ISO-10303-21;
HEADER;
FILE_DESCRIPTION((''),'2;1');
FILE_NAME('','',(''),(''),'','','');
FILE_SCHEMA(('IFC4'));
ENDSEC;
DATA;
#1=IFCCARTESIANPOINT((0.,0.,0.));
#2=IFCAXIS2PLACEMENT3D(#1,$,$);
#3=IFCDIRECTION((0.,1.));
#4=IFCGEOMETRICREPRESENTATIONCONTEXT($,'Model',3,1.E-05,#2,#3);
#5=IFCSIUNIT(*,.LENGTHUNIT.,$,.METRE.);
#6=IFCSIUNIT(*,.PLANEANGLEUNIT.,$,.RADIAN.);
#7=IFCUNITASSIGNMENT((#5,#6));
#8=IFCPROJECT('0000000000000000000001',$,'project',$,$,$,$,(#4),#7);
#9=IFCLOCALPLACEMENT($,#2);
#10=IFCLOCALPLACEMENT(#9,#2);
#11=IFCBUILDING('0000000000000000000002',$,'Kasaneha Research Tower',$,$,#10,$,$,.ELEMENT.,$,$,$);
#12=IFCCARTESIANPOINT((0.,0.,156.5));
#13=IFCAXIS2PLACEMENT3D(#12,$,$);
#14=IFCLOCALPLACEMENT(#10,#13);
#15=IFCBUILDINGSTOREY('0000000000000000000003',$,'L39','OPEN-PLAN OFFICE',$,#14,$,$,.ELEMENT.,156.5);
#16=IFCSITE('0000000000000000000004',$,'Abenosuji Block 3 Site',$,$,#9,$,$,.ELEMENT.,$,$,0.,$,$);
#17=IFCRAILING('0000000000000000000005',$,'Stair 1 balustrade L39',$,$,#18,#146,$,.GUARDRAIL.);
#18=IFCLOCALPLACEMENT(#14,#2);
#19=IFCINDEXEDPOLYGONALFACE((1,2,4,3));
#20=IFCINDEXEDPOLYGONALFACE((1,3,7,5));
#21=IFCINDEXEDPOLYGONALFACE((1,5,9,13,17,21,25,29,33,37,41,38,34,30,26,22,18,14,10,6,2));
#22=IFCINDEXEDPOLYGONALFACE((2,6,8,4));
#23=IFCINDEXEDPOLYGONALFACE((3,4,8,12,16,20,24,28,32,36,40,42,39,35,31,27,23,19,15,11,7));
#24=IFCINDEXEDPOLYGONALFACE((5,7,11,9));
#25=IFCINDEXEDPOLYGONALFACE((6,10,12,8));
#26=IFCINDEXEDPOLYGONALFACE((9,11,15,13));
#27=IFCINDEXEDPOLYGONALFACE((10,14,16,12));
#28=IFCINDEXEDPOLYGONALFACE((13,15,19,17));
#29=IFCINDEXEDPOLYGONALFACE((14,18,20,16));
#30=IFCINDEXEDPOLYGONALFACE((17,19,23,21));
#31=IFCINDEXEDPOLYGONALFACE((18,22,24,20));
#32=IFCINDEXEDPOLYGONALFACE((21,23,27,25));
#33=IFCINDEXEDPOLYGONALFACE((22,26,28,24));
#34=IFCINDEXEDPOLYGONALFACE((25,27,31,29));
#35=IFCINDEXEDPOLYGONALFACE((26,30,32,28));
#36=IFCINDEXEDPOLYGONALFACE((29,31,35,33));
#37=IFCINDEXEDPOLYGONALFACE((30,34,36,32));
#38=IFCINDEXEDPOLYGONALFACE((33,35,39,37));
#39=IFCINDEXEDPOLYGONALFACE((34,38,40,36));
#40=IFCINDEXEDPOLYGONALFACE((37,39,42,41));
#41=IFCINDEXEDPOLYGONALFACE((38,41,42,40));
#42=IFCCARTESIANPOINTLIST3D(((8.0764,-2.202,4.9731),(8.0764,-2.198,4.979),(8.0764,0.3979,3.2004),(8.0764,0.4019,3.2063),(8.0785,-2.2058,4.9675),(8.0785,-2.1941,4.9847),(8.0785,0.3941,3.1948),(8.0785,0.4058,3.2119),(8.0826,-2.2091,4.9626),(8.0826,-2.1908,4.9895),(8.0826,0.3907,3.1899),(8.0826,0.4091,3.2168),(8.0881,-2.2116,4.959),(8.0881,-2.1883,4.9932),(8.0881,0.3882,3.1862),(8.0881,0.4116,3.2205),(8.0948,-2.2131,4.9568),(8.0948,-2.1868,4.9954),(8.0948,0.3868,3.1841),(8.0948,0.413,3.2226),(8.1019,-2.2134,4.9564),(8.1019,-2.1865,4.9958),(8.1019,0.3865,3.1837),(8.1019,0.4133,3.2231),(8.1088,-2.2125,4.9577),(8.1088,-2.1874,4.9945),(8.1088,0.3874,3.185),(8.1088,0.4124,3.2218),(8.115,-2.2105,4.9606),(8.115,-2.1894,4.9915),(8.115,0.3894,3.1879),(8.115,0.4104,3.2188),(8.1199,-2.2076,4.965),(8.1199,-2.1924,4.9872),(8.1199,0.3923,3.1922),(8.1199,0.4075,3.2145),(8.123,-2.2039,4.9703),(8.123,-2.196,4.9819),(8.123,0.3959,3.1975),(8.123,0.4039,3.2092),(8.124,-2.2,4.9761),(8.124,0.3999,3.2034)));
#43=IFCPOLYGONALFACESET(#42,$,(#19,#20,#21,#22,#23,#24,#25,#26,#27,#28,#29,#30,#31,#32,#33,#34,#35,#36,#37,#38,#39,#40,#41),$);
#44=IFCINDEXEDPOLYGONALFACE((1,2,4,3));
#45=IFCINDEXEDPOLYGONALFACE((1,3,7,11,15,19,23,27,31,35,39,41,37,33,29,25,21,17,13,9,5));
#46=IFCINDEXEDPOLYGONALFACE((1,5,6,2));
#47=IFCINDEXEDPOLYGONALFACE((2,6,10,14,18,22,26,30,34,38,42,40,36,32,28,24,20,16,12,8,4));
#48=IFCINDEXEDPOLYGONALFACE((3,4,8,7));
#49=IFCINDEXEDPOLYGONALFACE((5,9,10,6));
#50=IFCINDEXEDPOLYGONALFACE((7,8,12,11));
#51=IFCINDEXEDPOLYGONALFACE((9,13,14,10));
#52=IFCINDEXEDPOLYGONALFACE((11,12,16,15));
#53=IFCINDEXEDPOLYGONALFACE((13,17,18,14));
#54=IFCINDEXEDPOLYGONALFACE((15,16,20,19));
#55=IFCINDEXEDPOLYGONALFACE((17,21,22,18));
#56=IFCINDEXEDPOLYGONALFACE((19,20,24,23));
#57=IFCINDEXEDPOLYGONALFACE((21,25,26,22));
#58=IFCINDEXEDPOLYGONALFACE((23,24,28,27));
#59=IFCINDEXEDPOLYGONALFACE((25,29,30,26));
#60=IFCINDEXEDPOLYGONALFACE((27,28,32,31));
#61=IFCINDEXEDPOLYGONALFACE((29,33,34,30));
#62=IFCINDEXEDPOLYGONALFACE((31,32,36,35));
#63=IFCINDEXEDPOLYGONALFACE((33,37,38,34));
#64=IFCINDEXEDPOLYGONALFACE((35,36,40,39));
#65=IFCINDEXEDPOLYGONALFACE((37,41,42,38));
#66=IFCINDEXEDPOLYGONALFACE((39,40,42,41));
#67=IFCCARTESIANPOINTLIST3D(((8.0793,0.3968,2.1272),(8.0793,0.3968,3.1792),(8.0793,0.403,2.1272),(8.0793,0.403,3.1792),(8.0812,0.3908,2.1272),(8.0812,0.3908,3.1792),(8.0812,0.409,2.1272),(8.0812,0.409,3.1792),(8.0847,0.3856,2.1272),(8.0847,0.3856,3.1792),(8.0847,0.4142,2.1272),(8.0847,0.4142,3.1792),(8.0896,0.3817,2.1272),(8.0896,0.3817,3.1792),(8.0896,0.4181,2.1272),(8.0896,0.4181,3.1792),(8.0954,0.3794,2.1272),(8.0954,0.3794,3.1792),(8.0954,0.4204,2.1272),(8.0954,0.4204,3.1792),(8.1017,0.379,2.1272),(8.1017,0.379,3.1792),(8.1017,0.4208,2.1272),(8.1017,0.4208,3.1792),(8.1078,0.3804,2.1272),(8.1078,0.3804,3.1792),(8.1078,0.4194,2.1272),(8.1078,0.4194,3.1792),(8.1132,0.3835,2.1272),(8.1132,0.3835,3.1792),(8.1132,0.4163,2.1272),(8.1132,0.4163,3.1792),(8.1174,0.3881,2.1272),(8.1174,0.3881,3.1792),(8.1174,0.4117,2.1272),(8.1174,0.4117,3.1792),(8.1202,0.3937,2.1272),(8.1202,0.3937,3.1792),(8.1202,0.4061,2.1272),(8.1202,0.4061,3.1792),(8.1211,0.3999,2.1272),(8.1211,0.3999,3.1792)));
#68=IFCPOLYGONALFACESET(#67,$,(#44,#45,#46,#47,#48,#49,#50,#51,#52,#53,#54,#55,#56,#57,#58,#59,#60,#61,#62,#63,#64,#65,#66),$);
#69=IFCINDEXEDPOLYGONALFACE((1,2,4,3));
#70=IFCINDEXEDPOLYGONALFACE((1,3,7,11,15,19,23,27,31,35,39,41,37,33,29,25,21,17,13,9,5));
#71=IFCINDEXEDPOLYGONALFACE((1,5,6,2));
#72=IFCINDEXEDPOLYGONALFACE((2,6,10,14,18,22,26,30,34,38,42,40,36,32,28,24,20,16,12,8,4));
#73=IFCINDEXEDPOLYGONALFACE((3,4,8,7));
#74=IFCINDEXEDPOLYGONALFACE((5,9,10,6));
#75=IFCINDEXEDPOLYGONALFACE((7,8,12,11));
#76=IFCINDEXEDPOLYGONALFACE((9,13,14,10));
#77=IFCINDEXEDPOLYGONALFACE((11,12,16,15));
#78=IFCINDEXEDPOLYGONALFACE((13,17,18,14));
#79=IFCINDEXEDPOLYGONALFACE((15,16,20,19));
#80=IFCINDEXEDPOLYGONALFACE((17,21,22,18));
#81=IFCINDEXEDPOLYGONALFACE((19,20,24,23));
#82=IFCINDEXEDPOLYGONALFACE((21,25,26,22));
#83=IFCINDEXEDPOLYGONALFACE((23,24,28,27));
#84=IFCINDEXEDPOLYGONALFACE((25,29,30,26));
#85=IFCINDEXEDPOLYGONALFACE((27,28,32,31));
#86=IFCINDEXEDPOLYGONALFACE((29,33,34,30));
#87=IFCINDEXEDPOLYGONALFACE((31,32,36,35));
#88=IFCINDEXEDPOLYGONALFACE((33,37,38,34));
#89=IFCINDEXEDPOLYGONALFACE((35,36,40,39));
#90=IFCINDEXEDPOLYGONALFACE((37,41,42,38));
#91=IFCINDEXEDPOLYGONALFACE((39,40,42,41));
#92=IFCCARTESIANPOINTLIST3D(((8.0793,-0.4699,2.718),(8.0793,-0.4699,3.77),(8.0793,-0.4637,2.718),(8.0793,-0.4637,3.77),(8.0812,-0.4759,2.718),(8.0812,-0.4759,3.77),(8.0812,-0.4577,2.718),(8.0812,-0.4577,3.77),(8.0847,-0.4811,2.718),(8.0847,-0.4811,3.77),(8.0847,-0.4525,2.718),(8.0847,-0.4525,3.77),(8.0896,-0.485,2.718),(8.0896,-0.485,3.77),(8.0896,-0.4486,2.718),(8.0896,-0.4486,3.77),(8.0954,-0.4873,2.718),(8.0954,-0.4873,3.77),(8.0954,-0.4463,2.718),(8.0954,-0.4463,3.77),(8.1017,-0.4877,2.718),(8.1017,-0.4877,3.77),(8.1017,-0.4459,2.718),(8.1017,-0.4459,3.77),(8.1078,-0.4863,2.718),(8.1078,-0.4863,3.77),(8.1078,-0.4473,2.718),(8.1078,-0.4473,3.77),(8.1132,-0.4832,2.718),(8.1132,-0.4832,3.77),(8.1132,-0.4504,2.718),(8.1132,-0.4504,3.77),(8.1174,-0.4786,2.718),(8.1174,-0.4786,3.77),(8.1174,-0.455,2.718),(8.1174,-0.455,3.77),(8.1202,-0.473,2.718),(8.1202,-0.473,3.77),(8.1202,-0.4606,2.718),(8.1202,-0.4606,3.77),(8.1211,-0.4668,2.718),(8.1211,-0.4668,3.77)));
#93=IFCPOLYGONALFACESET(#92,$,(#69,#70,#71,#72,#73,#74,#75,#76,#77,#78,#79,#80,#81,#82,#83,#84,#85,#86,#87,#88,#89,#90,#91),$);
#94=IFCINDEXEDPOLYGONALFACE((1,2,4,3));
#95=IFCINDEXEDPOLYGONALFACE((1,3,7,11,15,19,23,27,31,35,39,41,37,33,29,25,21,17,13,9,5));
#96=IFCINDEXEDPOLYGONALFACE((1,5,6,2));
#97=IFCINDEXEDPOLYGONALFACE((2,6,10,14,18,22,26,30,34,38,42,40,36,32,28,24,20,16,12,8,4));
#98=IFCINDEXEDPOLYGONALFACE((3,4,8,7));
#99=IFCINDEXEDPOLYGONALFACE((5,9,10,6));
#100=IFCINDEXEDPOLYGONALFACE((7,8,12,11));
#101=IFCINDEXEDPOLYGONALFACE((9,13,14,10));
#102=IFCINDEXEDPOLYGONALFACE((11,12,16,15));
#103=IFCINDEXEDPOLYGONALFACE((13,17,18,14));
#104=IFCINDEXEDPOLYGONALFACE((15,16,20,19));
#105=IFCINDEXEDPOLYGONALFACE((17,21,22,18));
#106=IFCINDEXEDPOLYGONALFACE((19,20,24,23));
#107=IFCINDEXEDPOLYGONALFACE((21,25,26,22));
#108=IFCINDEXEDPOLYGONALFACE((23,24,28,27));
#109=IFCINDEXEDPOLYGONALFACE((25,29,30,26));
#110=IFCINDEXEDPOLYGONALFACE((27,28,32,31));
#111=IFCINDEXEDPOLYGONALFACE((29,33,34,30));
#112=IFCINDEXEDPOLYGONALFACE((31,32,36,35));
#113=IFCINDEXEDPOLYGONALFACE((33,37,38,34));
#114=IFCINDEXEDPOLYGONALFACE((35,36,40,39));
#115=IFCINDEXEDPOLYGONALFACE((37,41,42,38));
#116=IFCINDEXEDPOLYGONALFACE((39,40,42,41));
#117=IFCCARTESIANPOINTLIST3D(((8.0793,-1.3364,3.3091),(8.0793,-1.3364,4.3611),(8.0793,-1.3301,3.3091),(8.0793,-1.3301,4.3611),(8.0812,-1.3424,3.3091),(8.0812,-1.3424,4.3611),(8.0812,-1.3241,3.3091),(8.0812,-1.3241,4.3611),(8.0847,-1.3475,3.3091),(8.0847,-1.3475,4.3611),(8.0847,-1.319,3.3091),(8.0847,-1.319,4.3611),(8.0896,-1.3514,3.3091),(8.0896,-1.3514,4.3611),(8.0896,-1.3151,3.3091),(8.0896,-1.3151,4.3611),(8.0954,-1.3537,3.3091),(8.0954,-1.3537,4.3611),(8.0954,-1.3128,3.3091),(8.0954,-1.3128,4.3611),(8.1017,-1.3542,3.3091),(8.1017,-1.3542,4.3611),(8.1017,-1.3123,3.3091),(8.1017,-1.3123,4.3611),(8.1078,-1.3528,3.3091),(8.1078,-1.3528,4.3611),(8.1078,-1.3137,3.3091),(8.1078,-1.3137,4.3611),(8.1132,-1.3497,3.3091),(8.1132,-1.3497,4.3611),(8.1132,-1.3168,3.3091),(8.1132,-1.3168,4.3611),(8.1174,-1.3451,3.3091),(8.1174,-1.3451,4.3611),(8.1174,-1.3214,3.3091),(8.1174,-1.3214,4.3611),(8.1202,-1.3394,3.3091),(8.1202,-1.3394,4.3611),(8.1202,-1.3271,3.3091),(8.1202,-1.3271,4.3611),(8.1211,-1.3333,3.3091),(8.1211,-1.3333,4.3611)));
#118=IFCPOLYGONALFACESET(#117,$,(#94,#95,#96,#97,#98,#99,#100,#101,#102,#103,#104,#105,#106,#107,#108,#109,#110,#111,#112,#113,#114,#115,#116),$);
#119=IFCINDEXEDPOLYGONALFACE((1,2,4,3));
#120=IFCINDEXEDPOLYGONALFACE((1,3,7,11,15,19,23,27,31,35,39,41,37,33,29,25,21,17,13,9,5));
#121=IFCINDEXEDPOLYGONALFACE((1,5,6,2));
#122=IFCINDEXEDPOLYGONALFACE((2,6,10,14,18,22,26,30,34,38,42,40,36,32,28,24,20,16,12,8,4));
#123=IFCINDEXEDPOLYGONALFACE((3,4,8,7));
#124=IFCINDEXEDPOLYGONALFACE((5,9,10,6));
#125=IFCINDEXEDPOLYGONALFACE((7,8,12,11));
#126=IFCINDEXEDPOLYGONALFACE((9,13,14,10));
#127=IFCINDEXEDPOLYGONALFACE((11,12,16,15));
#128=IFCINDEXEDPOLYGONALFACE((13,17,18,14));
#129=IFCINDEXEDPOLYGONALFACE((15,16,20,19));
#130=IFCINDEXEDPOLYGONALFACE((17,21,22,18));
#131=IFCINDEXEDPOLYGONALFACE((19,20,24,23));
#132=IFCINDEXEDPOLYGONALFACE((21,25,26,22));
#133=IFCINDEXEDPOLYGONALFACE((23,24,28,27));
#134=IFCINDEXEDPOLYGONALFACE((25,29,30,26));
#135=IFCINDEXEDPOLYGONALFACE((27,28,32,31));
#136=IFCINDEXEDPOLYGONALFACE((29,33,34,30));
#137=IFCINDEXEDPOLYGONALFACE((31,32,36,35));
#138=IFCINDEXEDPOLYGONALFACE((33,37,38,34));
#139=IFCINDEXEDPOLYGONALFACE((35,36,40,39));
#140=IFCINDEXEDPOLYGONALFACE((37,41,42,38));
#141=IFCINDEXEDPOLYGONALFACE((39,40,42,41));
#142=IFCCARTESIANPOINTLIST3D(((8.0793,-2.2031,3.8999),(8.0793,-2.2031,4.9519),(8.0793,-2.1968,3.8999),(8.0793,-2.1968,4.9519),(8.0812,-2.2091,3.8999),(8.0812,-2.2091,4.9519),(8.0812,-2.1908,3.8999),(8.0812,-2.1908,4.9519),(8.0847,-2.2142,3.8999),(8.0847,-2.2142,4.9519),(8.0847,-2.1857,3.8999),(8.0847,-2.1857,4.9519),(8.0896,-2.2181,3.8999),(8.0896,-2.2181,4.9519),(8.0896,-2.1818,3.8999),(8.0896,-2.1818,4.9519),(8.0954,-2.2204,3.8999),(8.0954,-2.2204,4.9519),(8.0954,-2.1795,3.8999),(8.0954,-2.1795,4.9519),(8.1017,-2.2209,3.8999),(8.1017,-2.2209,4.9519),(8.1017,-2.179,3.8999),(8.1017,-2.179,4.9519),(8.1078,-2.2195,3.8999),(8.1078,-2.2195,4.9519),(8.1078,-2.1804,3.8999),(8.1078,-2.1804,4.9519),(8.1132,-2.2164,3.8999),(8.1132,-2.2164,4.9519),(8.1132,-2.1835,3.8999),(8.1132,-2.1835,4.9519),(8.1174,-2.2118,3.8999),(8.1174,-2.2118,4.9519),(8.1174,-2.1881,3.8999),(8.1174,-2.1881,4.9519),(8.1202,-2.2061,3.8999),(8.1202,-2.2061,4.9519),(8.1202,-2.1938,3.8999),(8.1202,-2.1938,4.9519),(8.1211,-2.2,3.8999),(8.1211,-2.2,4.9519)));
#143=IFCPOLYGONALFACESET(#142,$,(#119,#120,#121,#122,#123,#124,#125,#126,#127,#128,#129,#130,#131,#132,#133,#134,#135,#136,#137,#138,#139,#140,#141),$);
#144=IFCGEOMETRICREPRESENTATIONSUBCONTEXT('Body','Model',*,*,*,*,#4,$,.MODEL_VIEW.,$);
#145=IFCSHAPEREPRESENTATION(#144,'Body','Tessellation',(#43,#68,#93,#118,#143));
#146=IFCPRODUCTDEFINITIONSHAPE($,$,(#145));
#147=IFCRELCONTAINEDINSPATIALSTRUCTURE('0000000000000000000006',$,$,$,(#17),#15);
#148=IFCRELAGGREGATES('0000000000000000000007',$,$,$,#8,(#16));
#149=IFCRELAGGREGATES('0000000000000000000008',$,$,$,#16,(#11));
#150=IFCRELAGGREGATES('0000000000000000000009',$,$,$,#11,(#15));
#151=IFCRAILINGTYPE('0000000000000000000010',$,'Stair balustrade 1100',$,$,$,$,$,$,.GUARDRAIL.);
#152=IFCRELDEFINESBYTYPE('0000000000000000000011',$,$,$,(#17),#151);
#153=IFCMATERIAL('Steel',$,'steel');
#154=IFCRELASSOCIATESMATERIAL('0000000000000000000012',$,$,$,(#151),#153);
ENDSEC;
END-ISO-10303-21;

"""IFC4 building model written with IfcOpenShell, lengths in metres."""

from ifc_helpers import new_model, si_unit, direction, frame, origin, origin_2d, place, context, subcontext, project, spatial, circle, extrude, material, type_object, element, save


model = new_model("IFC4")

# Units and contexts
model_context = context("Model", 3, precision=1e-05, world=origin(), true_north=direction((0.0, 1.0)))
body_context = subcontext(model_context, "Body", "Model", "MODEL_VIEW")
ifc_project = project(units=[si_unit("LENGTHUNIT", "METRE"), si_unit("PLANEANGLEUNIT", "RADIAN")], contexts=[model_context])

# Site, building, storey
site_placement = place(None, origin())
site = spatial("IfcSite", under=ifc_project, at=site_placement, Name="Abenosuji Block 3 Site", CompositionType="ELEMENT", RefElevation=0.0)
building_placement = place(site_placement, origin())
building = spatial("IfcBuilding", under=site, at=building_placement, Name="Kasaneha Research Tower", CompositionType="ELEMENT")
storey_placement = place(building_placement, frame((0.0, 0.0, 156.5)))
storey = spatial("IfcBuildingStorey", under=building, at=storey_placement, Name="L39", Description="OPEN-PLAN OFFICE", CompositionType="ELEMENT", Elevation=156.5)

# Railing
ifc_material_1 = material(Name="Steel", Category="steel")
railing_type_1 = type_object("IfcRailingType", Name="Stair balustrade 1100", PredefinedType="GUARDRAIL", material=ifc_material_1)
railing_1_placement = place(storey_placement, frame((8.1001, 0.3999, 2.1272)))
element("IfcRailing", 1, at=railing_1_placement, inside=storey, type_object=railing_type_1, Name="Stair 1 balustrade L39", PredefinedType="GUARDRAIL", context=body_context, shape_type="SweptSolid", body=[
    extrude(circle(Radius=0.0239, at=origin_2d()), frame((0.0, 0.0, 1.0762), z_axis=(0.0, -0.826216, 0.563354), x_axis=(1.0, 0.0, 0.0)), (0.0, 0.0, 1.0), 3.1467),
    extrude(circle(Radius=0.021, at=origin_2d()), origin(), (0.0, 0.0, 1.0), 1.052),
    extrude(circle(Radius=0.021, at=origin_2d()), frame((0.0, -0.8667, 0.5908)), (0.0, 0.0, 1.0), 1.052),
    extrude(circle(Radius=0.021, at=origin_2d()), frame((0.0, -1.7332, 1.1819)), (0.0, 0.0, 1.0), 1.052),
    extrude(circle(Radius=0.021, at=origin_2d()), frame((0.0, -2.5999, 1.7727)), (0.0, 0.0, 1.0), 1.052),
])

save(model, "model.ifc")
